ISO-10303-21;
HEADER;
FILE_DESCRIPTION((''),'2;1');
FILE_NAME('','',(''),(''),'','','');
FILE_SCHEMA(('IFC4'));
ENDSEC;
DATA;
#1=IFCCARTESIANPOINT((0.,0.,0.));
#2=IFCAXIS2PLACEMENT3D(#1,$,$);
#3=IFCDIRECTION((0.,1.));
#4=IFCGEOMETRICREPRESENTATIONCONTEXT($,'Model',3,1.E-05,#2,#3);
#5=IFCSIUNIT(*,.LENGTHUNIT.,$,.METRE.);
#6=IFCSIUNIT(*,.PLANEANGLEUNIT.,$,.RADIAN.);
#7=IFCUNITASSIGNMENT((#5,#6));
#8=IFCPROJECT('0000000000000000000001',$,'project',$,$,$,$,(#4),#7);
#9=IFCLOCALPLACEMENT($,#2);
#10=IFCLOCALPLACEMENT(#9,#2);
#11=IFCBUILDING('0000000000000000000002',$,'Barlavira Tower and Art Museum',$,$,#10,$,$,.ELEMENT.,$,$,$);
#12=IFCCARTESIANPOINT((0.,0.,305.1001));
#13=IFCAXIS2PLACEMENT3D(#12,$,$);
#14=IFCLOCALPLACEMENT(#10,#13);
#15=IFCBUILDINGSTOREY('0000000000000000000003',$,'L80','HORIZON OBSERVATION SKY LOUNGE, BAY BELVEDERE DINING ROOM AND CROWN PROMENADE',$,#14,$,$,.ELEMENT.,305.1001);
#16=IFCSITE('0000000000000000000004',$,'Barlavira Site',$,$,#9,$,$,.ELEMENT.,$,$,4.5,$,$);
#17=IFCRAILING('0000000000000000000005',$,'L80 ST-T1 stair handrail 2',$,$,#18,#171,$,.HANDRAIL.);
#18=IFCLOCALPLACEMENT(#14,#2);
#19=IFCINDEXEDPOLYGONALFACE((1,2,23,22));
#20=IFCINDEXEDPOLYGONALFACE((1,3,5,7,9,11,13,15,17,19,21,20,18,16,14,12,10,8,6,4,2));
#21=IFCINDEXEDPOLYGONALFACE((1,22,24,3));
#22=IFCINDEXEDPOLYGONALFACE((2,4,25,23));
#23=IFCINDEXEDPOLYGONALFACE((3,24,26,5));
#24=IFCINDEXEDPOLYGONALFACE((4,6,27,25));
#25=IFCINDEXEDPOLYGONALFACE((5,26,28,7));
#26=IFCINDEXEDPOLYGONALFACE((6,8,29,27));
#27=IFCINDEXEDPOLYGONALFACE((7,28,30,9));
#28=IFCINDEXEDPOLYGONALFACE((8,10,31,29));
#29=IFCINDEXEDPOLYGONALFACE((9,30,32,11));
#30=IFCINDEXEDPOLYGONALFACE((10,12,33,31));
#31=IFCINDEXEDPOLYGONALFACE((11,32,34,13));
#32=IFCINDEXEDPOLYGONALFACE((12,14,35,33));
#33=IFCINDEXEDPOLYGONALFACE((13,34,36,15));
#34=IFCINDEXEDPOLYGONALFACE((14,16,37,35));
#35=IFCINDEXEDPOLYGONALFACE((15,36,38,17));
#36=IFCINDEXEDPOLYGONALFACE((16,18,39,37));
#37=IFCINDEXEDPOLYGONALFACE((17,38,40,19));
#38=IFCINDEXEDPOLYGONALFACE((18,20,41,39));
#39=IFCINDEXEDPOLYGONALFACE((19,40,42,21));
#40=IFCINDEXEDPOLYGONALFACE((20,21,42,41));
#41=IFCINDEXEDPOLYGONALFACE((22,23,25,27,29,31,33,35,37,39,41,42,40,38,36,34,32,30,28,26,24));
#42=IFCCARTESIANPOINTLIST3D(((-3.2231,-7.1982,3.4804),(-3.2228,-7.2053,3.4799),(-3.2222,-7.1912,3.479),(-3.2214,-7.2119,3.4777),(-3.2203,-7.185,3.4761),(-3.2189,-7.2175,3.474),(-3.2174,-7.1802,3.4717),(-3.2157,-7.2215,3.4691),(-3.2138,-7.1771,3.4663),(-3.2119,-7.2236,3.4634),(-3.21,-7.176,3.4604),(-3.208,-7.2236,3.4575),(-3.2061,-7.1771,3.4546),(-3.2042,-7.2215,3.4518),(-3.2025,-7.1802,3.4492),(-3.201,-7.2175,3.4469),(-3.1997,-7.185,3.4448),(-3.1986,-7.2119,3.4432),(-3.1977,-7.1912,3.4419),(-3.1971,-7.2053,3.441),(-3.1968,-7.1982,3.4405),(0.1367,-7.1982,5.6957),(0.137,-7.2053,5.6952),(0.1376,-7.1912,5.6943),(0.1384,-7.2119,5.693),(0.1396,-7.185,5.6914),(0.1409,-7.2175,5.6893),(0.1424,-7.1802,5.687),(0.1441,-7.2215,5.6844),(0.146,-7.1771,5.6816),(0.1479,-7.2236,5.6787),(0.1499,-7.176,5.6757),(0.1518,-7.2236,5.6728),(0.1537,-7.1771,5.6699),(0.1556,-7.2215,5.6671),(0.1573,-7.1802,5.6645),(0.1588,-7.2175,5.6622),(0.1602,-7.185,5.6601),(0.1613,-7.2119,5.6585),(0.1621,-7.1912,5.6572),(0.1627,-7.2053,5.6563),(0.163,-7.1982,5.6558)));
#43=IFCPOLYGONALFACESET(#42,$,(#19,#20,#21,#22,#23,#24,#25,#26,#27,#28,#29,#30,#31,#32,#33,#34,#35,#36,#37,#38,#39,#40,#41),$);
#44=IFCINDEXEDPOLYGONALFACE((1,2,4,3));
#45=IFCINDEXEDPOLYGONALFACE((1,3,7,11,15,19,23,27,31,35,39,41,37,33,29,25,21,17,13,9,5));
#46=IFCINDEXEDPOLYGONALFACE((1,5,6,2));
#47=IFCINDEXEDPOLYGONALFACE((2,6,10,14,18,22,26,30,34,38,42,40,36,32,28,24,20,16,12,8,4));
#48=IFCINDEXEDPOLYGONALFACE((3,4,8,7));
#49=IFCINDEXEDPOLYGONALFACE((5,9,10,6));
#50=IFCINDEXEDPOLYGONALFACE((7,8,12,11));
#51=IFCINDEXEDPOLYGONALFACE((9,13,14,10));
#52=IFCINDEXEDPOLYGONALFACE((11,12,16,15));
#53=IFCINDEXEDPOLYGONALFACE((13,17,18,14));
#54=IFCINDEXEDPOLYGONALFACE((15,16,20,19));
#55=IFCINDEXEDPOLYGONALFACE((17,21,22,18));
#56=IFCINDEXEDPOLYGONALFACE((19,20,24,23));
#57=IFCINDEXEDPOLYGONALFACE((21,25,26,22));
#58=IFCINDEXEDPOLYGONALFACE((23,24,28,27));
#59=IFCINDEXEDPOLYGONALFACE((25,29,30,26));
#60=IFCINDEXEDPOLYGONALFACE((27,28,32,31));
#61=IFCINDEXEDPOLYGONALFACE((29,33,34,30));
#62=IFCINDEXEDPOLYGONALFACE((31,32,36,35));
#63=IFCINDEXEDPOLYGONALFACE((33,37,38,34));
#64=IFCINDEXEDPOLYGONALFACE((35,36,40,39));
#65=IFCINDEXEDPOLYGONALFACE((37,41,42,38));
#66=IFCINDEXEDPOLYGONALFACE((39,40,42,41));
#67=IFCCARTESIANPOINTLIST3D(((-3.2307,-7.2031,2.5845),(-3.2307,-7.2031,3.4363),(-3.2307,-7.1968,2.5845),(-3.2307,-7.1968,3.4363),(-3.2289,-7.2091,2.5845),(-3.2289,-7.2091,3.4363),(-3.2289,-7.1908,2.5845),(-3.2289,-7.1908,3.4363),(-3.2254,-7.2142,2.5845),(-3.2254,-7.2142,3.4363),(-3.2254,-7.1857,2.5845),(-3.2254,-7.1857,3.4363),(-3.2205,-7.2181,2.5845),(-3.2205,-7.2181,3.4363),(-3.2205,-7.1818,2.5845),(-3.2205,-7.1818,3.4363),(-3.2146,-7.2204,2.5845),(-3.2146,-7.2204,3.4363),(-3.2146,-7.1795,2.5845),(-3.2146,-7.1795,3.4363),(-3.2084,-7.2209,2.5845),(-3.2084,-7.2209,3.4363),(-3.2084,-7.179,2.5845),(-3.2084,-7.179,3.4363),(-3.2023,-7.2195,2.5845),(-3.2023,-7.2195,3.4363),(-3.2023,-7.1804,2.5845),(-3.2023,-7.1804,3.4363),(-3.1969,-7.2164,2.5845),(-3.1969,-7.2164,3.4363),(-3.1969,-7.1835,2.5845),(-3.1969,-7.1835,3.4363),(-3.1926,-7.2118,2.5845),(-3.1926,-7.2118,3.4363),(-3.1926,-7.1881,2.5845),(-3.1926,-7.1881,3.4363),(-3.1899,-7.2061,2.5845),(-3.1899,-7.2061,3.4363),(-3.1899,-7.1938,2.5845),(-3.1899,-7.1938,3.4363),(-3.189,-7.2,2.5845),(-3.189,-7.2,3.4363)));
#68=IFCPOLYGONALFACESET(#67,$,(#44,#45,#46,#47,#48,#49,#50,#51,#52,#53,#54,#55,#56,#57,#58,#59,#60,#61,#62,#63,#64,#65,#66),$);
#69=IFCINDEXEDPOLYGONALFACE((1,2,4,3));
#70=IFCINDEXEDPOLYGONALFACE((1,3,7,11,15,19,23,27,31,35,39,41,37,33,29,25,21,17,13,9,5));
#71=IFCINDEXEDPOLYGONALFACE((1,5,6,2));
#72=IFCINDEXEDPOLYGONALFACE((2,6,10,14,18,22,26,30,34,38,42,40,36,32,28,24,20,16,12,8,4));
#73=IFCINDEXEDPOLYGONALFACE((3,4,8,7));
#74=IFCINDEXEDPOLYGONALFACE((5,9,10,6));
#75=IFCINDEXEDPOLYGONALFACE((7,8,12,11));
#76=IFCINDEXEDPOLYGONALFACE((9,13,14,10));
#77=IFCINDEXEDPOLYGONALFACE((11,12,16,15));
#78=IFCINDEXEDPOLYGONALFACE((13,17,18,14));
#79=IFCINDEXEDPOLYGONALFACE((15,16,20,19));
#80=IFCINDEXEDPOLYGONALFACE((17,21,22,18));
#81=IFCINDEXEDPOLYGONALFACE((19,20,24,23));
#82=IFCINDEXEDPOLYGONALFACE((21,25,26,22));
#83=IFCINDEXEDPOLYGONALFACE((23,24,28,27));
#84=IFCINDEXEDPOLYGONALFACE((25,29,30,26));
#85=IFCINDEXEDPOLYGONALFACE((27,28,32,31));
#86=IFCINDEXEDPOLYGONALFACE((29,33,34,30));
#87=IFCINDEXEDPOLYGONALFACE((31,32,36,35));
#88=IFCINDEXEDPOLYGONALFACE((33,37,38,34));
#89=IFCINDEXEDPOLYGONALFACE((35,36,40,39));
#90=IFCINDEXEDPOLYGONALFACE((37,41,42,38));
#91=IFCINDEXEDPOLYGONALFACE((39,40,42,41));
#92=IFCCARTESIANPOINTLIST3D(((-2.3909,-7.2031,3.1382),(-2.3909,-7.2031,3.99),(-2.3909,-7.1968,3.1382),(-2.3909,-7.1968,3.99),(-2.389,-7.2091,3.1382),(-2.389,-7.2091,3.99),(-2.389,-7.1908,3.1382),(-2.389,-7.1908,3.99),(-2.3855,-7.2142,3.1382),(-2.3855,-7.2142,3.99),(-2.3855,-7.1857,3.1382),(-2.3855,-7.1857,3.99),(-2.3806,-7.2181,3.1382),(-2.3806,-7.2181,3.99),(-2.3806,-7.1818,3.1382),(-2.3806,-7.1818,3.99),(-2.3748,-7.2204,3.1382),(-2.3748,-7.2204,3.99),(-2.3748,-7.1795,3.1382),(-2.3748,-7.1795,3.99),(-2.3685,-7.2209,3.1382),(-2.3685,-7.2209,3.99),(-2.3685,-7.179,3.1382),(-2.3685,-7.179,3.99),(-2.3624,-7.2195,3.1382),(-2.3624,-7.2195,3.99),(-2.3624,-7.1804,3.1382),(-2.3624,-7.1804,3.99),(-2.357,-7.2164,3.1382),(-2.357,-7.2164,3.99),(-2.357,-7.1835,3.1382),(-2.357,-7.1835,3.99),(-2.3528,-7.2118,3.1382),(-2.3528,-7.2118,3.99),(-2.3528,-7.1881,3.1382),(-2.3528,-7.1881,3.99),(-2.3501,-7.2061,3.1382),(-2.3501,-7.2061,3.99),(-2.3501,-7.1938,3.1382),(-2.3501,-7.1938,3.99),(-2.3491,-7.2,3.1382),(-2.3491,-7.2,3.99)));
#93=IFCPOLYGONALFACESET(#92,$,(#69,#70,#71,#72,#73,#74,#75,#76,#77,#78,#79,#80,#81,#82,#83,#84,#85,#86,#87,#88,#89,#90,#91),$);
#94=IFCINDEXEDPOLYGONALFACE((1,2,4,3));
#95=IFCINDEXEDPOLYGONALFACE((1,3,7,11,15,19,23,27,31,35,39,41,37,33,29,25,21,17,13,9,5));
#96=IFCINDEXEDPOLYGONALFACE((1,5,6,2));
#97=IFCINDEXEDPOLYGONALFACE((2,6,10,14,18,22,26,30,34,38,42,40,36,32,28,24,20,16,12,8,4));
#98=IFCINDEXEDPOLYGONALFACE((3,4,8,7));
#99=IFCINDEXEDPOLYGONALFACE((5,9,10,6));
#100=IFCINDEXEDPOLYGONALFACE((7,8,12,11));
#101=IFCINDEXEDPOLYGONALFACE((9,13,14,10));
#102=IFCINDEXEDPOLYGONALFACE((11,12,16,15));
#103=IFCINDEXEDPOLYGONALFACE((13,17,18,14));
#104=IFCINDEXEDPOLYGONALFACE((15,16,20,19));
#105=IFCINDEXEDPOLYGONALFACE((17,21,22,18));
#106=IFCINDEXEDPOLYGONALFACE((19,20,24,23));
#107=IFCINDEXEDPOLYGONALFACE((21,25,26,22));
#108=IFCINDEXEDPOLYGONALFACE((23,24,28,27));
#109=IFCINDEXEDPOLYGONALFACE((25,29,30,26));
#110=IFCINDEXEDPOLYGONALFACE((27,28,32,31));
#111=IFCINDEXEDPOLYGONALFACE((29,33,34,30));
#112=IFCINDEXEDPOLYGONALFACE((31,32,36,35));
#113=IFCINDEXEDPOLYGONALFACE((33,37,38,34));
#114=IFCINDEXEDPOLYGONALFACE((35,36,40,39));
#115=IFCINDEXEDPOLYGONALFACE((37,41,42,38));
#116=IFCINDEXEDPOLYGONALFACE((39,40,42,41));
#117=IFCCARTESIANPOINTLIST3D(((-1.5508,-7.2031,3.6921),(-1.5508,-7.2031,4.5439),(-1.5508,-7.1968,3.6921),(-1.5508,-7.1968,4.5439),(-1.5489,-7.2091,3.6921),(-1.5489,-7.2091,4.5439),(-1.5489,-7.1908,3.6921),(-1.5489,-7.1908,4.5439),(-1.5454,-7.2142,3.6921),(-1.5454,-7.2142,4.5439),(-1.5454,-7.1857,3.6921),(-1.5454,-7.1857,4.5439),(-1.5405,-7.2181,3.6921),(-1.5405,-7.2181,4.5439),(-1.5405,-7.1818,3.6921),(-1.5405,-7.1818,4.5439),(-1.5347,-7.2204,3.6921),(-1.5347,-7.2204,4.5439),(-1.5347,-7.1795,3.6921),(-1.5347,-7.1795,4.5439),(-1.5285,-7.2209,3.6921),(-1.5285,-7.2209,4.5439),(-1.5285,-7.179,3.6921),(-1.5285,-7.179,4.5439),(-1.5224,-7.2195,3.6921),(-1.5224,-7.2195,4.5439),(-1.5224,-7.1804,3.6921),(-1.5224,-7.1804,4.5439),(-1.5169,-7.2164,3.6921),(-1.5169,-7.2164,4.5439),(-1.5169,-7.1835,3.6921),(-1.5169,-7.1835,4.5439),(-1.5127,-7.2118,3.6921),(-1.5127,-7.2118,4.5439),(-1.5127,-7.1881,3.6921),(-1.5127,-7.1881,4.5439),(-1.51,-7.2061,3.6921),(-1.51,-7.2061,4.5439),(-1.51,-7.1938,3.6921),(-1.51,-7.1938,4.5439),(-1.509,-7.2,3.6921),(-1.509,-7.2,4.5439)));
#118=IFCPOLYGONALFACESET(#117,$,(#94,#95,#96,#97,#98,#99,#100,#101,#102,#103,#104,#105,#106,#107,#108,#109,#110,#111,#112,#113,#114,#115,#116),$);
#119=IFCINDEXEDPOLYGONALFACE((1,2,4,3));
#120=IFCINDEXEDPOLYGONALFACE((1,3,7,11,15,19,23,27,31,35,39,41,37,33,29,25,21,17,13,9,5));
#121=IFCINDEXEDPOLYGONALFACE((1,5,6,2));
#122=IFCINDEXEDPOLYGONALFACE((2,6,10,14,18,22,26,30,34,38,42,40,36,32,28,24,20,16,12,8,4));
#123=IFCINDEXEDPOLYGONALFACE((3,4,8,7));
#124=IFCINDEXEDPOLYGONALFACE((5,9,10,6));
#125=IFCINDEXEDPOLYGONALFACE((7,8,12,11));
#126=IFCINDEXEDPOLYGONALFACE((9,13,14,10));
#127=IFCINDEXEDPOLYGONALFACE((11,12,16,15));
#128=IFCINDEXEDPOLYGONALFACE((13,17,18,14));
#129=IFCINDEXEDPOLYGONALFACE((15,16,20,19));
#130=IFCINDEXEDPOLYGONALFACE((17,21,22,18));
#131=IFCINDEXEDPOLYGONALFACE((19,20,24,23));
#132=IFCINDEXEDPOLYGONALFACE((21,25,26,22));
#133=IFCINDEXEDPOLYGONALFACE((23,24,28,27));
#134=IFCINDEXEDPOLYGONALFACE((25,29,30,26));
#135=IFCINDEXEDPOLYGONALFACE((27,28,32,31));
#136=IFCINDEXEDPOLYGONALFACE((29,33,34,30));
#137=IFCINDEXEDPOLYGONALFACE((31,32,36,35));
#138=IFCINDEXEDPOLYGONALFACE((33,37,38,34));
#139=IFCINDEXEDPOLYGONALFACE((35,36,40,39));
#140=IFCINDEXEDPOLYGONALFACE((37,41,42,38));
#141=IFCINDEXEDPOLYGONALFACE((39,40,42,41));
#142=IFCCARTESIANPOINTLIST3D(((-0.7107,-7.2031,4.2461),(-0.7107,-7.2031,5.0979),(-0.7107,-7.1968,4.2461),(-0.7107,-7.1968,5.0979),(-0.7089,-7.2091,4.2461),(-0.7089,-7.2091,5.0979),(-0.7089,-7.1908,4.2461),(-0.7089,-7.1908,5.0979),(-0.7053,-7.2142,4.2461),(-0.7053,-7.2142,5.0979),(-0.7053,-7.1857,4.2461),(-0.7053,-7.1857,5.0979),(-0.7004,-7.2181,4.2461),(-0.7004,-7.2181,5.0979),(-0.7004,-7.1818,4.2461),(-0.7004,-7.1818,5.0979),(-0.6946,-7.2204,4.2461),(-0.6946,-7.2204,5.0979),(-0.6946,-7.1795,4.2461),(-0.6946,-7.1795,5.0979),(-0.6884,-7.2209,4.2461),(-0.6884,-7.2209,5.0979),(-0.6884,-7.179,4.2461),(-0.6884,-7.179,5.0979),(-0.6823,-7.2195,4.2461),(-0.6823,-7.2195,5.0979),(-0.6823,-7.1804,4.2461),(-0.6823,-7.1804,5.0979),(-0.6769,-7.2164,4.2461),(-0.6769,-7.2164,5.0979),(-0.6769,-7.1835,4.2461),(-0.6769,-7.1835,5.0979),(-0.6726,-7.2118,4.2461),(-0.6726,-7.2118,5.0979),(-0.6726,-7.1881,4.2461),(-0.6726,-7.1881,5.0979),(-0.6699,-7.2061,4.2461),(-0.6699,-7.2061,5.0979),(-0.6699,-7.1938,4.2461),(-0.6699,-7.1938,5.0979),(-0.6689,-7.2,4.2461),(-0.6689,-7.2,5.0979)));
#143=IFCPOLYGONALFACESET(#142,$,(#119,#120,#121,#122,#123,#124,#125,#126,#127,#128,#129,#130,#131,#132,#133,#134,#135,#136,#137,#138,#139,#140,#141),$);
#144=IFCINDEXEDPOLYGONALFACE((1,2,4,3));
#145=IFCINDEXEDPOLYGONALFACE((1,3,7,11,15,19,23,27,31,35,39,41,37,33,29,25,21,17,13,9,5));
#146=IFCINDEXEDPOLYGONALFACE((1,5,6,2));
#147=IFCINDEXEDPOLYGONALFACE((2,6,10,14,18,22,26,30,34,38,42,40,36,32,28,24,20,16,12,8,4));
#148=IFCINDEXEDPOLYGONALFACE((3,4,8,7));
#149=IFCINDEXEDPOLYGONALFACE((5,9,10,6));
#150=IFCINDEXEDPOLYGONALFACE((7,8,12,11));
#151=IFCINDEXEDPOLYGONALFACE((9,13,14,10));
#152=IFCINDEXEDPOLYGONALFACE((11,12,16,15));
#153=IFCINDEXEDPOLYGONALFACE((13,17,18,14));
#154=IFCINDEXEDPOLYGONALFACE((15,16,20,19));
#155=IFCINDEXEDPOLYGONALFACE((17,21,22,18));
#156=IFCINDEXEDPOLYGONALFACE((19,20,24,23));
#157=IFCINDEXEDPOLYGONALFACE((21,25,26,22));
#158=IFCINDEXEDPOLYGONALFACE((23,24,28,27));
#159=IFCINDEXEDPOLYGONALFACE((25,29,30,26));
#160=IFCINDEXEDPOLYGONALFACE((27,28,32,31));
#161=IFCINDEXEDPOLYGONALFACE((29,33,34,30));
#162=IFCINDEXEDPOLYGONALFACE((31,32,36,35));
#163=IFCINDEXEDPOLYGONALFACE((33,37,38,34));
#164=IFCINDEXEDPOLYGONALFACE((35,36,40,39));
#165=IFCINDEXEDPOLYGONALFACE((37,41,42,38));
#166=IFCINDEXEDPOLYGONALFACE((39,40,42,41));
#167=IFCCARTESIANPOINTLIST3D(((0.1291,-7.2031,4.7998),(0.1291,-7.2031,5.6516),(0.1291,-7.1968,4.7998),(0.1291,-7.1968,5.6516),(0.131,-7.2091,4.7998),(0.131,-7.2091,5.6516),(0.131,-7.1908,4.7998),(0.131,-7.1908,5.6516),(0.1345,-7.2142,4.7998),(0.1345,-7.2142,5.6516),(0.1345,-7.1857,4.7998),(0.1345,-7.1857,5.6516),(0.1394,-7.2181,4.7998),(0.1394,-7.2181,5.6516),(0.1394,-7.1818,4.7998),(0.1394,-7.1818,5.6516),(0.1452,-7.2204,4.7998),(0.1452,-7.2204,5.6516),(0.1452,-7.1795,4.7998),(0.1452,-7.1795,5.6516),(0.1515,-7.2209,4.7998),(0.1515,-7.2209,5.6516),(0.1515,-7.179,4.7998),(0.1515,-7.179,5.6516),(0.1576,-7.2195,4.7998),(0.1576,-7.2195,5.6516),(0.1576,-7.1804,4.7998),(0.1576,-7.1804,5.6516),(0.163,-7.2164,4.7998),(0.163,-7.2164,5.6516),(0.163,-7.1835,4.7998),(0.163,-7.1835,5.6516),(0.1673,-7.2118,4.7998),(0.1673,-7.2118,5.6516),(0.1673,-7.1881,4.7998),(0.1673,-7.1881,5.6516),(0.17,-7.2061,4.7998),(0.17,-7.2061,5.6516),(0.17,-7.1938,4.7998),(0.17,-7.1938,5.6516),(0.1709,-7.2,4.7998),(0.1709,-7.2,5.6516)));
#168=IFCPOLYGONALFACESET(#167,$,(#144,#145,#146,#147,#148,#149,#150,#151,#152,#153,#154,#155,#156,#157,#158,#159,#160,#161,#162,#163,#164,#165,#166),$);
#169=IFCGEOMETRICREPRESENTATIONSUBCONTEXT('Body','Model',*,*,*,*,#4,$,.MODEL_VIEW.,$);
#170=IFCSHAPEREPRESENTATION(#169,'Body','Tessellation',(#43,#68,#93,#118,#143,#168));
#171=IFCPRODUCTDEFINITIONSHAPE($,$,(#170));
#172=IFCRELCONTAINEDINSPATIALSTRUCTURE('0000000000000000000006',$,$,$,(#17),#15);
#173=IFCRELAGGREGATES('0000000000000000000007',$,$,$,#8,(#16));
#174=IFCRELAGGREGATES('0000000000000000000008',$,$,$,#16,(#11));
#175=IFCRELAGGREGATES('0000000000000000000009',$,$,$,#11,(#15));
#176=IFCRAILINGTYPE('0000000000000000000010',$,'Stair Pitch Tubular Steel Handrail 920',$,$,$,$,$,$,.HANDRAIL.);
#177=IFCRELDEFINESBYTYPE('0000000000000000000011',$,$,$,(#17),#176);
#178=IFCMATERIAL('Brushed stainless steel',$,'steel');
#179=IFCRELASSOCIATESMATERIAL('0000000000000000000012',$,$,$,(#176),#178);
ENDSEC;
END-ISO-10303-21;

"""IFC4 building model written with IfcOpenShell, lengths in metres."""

from ifc_helpers import new_model, si_unit, direction, frame, origin, origin_2d, place, context, subcontext, project, spatial, circle, extrude, material, type_object, element, save


model = new_model("IFC4")

# Units and contexts
model_context = context("Model", 3, precision=1e-05, world=origin(), true_north=direction((0.0, 1.0)))
body_context = subcontext(model_context, "Body", "Model", "MODEL_VIEW")
ifc_project = project(units=[si_unit("LENGTHUNIT", "METRE"), si_unit("PLANEANGLEUNIT", "RADIAN")], contexts=[model_context])

# Site, building, storey
site_placement = place(None, origin())
site = spatial("IfcSite", under=ifc_project, at=site_placement, Name="Barlavira Site", CompositionType="ELEMENT", RefElevation=4.5)
building_placement = place(site_placement, origin())
building = spatial("IfcBuilding", under=site, at=building_placement, Name="Barlavira Tower and Art Museum", CompositionType="ELEMENT")
storey_placement = place(building_placement, frame((0.0, 0.0, 305.1001)))
storey = spatial("IfcBuildingStorey", under=building, at=storey_placement, Name="L80", Description="HORIZON OBSERVATION SKY LOUNGE, BAY BELVEDERE DINING ROOM AND CROWN PROMENADE", CompositionType="ELEMENT", Elevation=305.1001)

# Shared definitions
ifc_material_1 = material(Name="Brushed stainless steel", Category="steel")

# Railing
railing_type_1 = type_object("IfcRailingType", Name="Stair Pitch Tubular Steel Handrail 920", PredefinedType="HANDRAIL", material=ifc_material_1)
railing_1_placement = place(storey_placement, frame((-3.21, -7.2, 2.5845)))
element("IfcRailing", 1, at=railing_1_placement, inside=storey, type_object=railing_type_1, Name="L80 ST-T1 stair handrail 2", PredefinedType="HANDRAIL", context=body_context, shape_type="SweptSolid", body=[
    extrude(circle(Radius=0.0239, at=origin_2d()), frame((0.0, 0.0, 0.876), z_axis=(0.834858, 0.0, 0.550465), x_axis=(0.0, 1.0, 0.0)), (0.0, 0.0, 1.0), 4.0244),
    extrude(circle(Radius=0.021, at=origin_2d()), origin(), (0.0, 0.0, 1.0), 0.8518),
    extrude(circle(Radius=0.021, at=origin_2d()), frame((0.8398, 0.0, 0.5537)), (0.0, 0.0, 1.0), 0.8518),
    extrude(circle(Radius=0.021, at=origin_2d()), frame((1.6799, 0.0, 1.1077)), (0.0, 0.0, 1.0), 0.8518),
    extrude(circle(Radius=0.021, at=origin_2d()), frame((2.52, 0.0, 1.6616)), (0.0, 0.0, 1.0), 0.8518),
    extrude(circle(Radius=0.021, at=origin_2d()), frame((3.3599, 0.0, 2.2153)), (0.0, 0.0, 1.0), 0.8518),
])

save(model, "model.ifc")
